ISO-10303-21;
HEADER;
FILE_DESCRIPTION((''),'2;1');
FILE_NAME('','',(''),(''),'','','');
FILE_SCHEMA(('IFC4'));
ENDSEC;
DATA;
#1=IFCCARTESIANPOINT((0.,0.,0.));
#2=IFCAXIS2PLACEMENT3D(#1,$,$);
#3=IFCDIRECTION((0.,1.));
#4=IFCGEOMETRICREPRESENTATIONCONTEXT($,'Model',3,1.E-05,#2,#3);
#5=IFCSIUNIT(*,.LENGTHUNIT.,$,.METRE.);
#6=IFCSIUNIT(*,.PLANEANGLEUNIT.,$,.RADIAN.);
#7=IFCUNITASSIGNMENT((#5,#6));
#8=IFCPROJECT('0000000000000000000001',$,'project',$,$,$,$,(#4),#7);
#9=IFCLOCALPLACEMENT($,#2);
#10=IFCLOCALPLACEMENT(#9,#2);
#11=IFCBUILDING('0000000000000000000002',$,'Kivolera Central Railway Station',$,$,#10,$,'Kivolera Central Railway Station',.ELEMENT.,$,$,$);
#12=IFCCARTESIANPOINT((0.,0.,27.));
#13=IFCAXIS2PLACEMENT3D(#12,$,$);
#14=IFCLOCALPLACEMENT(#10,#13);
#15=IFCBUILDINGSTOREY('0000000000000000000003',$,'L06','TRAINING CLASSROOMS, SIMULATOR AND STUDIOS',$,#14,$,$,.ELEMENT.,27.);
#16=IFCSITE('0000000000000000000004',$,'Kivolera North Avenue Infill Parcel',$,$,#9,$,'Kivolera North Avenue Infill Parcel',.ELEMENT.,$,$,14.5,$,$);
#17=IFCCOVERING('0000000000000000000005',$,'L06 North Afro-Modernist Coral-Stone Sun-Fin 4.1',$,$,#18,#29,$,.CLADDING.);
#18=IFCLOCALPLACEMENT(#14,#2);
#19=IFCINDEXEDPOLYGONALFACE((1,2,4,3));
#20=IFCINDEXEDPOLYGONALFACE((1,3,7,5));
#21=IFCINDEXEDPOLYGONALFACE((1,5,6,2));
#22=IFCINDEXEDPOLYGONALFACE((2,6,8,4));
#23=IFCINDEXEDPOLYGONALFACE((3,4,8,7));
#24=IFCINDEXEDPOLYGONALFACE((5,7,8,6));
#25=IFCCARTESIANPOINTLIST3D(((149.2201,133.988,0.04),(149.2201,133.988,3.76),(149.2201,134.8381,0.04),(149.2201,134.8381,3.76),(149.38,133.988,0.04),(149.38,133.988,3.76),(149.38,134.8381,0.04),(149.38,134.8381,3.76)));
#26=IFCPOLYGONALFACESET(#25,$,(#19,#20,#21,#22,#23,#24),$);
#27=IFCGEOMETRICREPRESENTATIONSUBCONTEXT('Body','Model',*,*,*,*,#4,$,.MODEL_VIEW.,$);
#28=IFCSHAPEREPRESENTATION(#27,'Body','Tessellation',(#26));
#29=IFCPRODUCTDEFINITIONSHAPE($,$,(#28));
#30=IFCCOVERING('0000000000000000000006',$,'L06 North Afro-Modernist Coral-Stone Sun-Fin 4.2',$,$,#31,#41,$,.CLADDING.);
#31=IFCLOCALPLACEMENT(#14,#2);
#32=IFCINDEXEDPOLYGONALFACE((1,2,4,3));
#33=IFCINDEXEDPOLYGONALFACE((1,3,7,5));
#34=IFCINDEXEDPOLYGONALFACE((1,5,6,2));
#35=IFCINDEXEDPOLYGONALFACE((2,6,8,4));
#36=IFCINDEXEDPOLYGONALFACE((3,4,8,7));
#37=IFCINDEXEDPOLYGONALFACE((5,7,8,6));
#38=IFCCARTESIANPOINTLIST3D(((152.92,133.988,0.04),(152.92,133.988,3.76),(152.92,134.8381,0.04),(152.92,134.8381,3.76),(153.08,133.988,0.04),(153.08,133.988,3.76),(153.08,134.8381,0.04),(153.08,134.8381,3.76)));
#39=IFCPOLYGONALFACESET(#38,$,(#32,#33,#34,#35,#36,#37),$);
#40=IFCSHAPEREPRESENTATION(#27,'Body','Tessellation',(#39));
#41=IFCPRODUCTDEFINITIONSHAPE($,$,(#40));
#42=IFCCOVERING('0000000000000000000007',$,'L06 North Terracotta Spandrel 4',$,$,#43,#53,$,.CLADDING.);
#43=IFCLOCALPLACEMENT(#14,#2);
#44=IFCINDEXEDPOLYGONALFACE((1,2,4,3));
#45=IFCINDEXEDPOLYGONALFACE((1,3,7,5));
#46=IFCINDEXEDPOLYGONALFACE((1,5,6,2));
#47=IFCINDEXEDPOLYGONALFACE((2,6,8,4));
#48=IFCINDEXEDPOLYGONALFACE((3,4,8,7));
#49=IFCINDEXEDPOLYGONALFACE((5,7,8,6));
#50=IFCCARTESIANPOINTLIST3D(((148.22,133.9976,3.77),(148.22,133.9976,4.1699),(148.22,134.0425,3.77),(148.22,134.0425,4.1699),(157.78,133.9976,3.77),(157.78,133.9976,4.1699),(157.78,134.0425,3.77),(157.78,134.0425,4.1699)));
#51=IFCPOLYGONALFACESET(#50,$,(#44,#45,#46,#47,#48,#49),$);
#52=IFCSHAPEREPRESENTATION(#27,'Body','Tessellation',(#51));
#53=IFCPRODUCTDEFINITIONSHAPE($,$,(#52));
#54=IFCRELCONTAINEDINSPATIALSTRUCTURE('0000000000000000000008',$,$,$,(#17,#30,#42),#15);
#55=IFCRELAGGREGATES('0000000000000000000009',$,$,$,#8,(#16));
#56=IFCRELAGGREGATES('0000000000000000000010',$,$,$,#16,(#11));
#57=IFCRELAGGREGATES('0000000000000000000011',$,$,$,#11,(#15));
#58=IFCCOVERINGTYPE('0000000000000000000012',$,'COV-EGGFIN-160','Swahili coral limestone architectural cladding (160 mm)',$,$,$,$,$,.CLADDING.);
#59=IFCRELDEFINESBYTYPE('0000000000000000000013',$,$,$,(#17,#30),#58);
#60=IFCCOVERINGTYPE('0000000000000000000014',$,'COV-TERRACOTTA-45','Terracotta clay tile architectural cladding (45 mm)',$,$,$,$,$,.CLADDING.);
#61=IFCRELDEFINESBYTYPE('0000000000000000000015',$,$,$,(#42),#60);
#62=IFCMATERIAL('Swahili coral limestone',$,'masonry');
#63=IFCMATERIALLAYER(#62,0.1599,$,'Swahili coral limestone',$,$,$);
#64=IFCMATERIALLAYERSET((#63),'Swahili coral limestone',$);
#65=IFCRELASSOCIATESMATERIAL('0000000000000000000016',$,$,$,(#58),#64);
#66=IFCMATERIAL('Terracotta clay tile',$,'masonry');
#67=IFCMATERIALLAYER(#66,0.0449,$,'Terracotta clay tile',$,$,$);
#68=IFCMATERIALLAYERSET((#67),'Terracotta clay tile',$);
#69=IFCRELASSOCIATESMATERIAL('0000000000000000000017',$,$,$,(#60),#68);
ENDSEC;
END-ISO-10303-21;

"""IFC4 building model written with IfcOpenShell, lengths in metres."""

from ifc_helpers import new_model, si_unit, direction, frame, frame_2d, origin, origin_2d, place, context, subcontext, project, spatial, rectangle, extrude, material, layer, layer_set, type_object, element, save


model = new_model("IFC4")

# Units and contexts
model_context = context("Model", 3, precision=1e-05, world=origin(), true_north=direction((0.0, 1.0)))
body_context = subcontext(model_context, "Body", "Model", "MODEL_VIEW")
ifc_project = project(units=[si_unit("LENGTHUNIT", "METRE"), si_unit("PLANEANGLEUNIT", "RADIAN")], contexts=[model_context])

# Site, building, storey
site_placement = place(None, origin())
site = spatial("IfcSite", under=ifc_project, at=site_placement, Name="Kivolera North Avenue Infill Parcel", LongName="Kivolera North Avenue Infill Parcel", CompositionType="ELEMENT", RefElevation=14.5)
building_placement = place(site_placement, origin())
building = spatial("IfcBuilding", under=site, at=building_placement, Name="Kivolera Central Railway Station", LongName="Kivolera Central Railway Station", CompositionType="ELEMENT")
storey_placement = place(building_placement, frame((0.0, 0.0, 27.0)))
storey = spatial("IfcBuildingStorey", under=building, at=storey_placement, Name="L06", Description="TRAINING CLASSROOMS, SIMULATOR AND STUDIOS", CompositionType="ELEMENT", Elevation=27.0)

# Coverings
ifc_material_1 = material(Name="Swahili coral limestone", Category="masonry")
ifc_layer_1 = layer(ifc_material_1, 0.1599, Name="Swahili coral limestone")
ifc_layer_set_1 = layer_set([ifc_layer_1], Name="Swahili coral limestone")
covering_type_1 = type_object("IfcCoveringType", Name="COV-EGGFIN-160", Description="Swahili coral limestone architectural cladding (160 mm)", PredefinedType="CLADDING", material=ifc_layer_set_1)
for number, where, z_axis, x_axis, name in (
    (1, (149.3, 134.4131, 0.04), (0.0, 0.0, 1.0), (1.0, 0.0, 0.0), "L06 North Afro-Modernist Coral-Stone Sun-Fin 4.1"),
    (2, (153.0, 134.4131, 0.04), (0.0, 0.0, 1.0), (1.0, 0.0, 0.0), "L06 North Afro-Modernist Coral-Stone Sun-Fin 4.2"),
):
    element("IfcCovering", number, at=place(storey_placement, frame(where, z_axis=z_axis, x_axis=x_axis)), inside=storey, type_object=covering_type_1, Name=name, PredefinedType="CLADDING", context=body_context, shape_type="SweptSolid", body=[
        extrude(rectangle(XDim=0.1599, YDim=0.8501, at=origin_2d()), origin(), (0.0, 0.0, 1.0), 3.72),
    ])
ifc_material_2 = material(Name="Terracotta clay tile", Category="masonry")
ifc_layer_2 = layer(ifc_material_2, 0.0449, Name="Terracotta clay tile")
ifc_layer_set_2 = layer_set([ifc_layer_2], Name="Terracotta clay tile")
covering_type_2 = type_object("IfcCoveringType", Name="COV-TERRACOTTA-45", Description="Terracotta clay tile architectural cladding (45 mm)", PredefinedType="CLADDING", material=ifc_layer_set_2)
covering_placement = place(storey_placement, frame((148.22, 134.02, 3.77), z_axis=(0.0, 0.0, 1.0), x_axis=(1.0, 0.0, 0.0)))
element("IfcCovering", 3, at=covering_placement, inside=storey, type_object=covering_type_2, Name="L06 North Terracotta Spandrel 4", PredefinedType="CLADDING", context=body_context, shape_type="SweptSolid", body=[
    extrude(rectangle(XDim=9.5601, YDim=0.0449, at=frame_2d((4.78, 0.0))), origin(), (0.0, 0.0, 1.0), 0.3999),
])

save(model, "model.ifc")
